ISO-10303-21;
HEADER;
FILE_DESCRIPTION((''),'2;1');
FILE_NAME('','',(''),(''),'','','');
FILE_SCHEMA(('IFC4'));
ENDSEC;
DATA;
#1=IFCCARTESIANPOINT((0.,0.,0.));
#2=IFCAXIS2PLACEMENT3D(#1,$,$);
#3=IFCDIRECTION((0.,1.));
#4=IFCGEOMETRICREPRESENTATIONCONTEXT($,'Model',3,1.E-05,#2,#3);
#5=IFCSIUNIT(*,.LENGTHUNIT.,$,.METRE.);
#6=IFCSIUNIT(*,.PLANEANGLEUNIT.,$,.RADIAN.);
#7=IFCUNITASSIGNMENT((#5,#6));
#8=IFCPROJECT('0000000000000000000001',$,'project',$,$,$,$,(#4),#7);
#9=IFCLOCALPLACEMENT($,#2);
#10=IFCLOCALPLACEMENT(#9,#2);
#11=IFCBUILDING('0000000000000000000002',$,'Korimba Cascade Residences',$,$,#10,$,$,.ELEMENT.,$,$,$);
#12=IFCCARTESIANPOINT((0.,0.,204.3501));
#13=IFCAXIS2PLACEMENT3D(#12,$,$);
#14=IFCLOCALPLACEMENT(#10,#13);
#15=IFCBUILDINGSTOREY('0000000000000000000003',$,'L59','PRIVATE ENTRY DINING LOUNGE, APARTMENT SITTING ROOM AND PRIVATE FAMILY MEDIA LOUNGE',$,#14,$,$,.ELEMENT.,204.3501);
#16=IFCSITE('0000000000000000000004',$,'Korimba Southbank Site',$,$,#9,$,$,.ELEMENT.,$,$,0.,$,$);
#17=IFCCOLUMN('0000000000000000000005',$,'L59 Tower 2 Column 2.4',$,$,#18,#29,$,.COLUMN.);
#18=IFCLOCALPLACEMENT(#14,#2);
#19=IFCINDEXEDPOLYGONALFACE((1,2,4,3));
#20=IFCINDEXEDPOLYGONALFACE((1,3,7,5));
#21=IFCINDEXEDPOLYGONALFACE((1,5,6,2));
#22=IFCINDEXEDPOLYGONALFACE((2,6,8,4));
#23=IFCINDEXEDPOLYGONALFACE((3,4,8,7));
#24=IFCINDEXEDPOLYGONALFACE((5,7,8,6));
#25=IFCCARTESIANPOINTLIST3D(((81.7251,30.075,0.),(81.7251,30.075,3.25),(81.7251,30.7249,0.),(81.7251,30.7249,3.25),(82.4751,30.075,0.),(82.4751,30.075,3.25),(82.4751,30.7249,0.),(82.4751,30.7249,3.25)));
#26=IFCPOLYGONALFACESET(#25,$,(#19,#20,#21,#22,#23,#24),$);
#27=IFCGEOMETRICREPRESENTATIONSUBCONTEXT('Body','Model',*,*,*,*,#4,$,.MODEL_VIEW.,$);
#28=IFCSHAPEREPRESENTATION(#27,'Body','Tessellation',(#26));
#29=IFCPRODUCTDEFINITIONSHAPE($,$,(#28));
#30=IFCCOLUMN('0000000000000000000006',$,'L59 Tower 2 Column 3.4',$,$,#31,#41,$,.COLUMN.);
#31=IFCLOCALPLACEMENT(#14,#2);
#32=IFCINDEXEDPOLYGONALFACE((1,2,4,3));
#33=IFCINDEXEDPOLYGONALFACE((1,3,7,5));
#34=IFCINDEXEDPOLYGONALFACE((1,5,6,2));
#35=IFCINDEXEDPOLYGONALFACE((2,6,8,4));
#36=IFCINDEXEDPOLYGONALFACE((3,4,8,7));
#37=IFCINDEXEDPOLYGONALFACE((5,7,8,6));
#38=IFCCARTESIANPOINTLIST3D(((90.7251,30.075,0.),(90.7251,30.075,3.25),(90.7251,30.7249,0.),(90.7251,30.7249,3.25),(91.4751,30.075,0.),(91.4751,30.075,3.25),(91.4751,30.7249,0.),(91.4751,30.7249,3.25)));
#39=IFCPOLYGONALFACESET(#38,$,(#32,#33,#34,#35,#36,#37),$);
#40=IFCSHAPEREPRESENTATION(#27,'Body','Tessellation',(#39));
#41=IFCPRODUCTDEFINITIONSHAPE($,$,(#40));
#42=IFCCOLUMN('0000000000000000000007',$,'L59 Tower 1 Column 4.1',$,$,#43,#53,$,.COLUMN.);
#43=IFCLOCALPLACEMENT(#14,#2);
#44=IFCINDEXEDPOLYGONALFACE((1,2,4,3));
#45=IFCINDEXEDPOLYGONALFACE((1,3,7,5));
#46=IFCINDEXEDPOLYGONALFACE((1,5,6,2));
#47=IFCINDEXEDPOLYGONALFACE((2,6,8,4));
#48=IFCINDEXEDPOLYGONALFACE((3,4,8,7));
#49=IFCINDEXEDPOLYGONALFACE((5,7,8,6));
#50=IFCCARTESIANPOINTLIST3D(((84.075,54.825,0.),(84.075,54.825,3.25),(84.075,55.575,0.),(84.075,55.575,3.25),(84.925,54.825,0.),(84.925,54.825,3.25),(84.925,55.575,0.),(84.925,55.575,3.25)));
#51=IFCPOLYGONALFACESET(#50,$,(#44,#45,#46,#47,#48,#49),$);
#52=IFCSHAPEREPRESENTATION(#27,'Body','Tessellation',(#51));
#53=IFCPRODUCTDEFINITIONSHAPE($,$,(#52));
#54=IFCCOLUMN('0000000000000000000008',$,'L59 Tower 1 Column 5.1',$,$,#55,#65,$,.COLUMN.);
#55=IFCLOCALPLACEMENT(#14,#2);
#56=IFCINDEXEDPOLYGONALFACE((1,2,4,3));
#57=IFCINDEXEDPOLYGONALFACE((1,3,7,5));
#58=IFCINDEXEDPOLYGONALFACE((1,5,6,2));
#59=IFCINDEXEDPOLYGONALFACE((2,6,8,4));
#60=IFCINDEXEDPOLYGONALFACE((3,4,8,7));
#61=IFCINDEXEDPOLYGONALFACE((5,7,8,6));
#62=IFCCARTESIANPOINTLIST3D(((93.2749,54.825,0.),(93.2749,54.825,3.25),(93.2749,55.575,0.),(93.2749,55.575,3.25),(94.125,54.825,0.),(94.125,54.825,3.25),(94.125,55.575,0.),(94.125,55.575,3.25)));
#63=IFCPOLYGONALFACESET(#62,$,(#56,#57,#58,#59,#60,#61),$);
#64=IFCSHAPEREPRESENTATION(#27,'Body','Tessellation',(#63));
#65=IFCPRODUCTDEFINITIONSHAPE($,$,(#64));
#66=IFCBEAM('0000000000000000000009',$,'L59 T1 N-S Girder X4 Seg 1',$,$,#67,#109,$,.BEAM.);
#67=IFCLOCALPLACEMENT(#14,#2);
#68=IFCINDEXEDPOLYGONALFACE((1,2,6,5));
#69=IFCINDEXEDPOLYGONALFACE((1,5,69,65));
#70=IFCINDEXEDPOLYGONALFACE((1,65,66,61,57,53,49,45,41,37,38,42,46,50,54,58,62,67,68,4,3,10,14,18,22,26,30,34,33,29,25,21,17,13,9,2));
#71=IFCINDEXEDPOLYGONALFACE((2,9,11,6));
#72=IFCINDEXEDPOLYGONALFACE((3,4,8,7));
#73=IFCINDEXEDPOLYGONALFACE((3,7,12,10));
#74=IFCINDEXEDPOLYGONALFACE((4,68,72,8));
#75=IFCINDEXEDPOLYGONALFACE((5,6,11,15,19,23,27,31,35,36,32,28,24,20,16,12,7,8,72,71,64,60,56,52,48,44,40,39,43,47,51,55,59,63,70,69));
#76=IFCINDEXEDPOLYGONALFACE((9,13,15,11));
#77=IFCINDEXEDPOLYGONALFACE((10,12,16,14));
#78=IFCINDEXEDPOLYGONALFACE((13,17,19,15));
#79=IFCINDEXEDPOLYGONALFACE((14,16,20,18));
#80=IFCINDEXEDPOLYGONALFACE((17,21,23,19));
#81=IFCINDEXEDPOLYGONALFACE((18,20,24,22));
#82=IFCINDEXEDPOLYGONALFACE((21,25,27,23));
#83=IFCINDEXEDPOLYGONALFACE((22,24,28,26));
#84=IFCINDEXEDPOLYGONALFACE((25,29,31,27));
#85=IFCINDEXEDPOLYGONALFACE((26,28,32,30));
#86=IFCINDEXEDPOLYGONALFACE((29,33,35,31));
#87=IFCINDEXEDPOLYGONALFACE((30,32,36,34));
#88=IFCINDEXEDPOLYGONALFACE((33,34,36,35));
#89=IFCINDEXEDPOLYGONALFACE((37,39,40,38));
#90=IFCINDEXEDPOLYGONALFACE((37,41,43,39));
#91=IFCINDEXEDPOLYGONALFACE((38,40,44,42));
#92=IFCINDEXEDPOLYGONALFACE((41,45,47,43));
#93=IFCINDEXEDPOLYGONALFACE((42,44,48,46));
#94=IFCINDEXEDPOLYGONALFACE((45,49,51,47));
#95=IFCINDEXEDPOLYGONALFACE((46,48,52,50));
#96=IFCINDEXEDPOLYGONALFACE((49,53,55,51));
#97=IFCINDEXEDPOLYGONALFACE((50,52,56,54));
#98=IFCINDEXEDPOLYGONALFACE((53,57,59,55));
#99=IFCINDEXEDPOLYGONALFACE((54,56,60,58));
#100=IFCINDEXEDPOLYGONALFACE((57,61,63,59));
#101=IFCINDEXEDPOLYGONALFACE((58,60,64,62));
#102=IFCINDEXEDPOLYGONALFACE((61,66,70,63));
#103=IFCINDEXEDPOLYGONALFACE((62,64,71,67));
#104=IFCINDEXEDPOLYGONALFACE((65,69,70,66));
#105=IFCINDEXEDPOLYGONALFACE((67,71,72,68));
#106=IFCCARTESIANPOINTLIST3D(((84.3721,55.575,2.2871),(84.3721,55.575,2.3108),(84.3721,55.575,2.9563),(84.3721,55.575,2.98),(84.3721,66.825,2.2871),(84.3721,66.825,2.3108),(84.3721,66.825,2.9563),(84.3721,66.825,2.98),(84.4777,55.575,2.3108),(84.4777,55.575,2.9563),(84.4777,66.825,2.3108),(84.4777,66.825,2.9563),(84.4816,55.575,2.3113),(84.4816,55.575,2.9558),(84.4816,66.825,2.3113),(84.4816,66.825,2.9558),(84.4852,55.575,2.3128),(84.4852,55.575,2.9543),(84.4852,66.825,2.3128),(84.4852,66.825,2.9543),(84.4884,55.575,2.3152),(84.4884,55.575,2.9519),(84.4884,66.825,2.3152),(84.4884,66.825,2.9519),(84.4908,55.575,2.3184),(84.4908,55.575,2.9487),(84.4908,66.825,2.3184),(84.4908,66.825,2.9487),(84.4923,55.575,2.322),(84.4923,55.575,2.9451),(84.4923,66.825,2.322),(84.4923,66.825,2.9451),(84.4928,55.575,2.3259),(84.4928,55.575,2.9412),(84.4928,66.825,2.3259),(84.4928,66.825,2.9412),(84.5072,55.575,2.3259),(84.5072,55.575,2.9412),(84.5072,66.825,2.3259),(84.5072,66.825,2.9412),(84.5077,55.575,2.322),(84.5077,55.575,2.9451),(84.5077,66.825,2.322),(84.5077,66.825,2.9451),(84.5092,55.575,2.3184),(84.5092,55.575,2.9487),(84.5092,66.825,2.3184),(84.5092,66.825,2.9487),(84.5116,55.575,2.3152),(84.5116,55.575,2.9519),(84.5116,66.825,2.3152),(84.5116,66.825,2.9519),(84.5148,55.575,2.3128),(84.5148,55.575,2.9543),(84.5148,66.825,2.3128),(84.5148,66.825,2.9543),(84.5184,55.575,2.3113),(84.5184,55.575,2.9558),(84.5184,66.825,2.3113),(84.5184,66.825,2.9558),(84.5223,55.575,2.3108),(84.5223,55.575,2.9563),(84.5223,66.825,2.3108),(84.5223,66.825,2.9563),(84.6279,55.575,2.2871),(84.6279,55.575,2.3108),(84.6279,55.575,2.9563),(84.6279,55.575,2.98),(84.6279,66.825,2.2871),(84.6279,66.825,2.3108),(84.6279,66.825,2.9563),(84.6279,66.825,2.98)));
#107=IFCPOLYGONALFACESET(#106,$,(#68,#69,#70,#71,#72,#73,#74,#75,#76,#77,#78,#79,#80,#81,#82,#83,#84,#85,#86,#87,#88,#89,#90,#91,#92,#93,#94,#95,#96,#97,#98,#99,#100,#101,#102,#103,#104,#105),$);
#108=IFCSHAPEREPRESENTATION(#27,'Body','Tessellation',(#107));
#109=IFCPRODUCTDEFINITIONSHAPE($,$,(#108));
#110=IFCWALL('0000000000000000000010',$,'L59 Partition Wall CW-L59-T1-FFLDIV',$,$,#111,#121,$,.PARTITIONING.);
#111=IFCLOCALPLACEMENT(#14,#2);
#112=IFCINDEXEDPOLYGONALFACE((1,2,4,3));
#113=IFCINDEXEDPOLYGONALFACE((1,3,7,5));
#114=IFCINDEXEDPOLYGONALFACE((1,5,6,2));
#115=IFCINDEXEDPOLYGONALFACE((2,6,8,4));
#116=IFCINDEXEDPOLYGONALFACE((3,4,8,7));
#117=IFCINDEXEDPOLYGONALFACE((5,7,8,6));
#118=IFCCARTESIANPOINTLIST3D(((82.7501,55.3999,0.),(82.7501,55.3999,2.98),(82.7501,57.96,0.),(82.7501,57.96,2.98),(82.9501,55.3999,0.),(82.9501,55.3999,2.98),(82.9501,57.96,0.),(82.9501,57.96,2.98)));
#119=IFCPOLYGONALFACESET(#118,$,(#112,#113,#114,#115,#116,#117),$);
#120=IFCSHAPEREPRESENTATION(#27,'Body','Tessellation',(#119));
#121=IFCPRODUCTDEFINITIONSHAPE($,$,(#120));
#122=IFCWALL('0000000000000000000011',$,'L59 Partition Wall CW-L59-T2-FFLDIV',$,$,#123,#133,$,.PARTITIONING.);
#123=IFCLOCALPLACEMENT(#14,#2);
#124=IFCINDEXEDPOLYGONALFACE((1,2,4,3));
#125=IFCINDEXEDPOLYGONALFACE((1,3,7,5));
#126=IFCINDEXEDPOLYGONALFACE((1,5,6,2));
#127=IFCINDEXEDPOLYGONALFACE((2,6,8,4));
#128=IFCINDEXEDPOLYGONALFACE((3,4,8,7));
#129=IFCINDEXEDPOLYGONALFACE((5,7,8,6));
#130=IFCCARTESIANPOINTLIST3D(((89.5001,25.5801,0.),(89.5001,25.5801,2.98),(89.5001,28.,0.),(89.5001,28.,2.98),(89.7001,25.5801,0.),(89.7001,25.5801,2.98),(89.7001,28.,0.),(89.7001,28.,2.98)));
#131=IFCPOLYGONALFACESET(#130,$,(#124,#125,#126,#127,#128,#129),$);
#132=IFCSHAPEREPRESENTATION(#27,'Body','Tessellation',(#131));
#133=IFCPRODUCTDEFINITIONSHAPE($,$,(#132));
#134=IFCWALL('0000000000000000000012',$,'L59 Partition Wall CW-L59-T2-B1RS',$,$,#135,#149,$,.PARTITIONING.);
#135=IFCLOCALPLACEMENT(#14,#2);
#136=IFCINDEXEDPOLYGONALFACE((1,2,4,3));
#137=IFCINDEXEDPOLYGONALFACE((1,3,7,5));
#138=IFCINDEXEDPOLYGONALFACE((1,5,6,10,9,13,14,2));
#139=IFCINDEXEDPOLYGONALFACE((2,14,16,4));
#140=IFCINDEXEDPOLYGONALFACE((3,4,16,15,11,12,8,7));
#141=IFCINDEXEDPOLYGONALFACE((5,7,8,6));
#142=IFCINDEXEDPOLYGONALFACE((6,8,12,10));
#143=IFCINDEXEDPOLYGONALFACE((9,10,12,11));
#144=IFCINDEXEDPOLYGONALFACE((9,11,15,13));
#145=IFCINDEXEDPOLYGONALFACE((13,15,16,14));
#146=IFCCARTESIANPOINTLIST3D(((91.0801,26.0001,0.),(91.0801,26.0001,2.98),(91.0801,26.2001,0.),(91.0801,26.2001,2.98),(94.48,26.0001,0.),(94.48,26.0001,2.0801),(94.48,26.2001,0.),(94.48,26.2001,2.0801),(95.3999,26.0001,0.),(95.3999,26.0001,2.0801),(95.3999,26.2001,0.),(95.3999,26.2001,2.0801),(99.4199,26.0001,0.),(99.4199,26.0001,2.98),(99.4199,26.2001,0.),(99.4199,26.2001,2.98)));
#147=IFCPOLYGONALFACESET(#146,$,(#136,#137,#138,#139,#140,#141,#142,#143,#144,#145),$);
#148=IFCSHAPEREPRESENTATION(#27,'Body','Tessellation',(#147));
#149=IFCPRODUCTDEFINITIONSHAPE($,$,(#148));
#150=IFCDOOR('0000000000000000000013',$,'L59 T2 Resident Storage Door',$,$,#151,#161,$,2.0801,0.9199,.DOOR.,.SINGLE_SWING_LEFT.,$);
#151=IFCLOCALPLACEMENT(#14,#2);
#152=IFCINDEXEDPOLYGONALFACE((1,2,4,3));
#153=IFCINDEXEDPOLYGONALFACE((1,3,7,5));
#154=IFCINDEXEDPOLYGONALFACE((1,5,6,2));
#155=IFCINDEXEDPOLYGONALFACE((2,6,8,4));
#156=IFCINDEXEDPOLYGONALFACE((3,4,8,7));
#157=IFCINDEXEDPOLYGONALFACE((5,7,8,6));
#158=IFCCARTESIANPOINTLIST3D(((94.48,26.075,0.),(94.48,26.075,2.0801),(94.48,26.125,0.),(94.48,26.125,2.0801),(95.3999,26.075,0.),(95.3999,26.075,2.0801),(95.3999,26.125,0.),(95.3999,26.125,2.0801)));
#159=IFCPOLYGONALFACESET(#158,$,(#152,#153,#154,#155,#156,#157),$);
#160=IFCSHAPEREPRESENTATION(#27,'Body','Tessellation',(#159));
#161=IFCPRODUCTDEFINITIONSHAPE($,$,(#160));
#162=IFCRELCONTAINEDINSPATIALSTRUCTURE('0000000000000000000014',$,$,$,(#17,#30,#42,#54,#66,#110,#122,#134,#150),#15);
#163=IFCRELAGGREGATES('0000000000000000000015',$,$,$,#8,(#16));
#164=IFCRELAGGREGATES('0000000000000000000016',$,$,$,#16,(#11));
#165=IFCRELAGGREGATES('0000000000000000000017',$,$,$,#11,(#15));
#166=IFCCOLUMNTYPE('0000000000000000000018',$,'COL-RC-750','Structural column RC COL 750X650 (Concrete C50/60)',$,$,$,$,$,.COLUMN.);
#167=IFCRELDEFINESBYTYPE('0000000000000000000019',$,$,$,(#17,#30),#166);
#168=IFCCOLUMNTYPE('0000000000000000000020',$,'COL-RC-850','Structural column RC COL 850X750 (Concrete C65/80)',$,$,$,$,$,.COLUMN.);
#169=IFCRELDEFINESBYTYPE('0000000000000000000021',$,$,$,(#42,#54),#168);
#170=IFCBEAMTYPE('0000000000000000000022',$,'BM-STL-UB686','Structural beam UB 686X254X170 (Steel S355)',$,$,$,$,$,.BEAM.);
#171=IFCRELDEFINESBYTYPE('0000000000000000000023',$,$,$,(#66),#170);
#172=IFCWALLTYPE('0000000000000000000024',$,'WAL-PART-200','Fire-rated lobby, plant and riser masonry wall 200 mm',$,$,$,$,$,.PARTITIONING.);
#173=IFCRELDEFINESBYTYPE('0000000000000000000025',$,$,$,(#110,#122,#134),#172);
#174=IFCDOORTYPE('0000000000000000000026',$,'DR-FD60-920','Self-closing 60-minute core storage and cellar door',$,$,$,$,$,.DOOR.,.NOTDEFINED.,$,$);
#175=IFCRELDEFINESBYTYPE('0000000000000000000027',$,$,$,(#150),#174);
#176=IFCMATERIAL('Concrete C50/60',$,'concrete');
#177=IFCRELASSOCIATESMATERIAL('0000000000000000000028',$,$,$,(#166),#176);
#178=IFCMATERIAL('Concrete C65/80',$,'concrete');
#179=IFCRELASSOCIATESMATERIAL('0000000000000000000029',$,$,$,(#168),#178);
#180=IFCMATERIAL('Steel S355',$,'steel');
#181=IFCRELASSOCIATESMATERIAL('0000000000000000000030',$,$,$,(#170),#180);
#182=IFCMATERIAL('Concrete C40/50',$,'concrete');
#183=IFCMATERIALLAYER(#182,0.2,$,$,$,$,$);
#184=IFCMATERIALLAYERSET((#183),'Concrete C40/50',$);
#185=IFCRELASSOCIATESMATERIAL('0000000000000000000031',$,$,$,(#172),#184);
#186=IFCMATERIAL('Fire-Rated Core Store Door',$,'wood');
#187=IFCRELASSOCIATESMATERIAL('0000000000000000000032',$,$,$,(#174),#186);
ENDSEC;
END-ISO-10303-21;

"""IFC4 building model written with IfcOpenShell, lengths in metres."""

from ifc_helpers import new_model, si_unit, direction, frame, frame_2d, origin, origin_2d, place, context, subcontext, project, spatial, rectangle, i_section, extrude, material, layer, layer_set, material_profile, profile_set, type_object, element, fill, save


model = new_model("IFC4")

# Units and contexts
model_context = context("Model", 3, precision=1e-05, world=origin(), true_north=direction((0.0, 1.0)))
body_context = subcontext(model_context, "Body", "Model", "MODEL_VIEW")
ifc_project = project(units=[si_unit("LENGTHUNIT", "METRE"), si_unit("PLANEANGLEUNIT", "RADIAN")], contexts=[model_context])

# Site, building, storey
site_placement = place(None, origin())
site = spatial("IfcSite", under=ifc_project, at=site_placement, Name="Korimba Southbank Site", CompositionType="ELEMENT", RefElevation=0.0)
building_placement = place(site_placement, origin())
building = spatial("IfcBuilding", under=site, at=building_placement, Name="Korimba Cascade Residences", CompositionType="ELEMENT")
storey_placement = place(building_placement, frame((0.0, 0.0, 204.3501)))
storey = spatial("IfcBuildingStorey", under=building, at=storey_placement, Name="L59", Description="PRIVATE ENTRY DINING LOUNGE, APARTMENT SITTING ROOM AND PRIVATE FAMILY MEDIA LOUNGE", CompositionType="ELEMENT", Elevation=204.3501)

# Columns
ifc_material_1 = material(Name="Concrete C50/60", Category="concrete")
ifc_material_profile_1 = material_profile(ifc_material_1, rectangle(XDim=0.75, YDim=0.6499, at=origin_2d()), Name="Concrete C50/60")
ifc_profile_set_1 = profile_set([ifc_material_profile_1], Name="Concrete C50/60")
column_type_1 = type_object("IfcColumnType", Name="COL-RC-750", Description="Structural column RC COL 750X650 (Concrete C50/60)", PredefinedType="COLUMN", material=ifc_profile_set_1)
for number, where, z_axis, x_axis, name in (
    (1, (82.1001, 30.3999, 0.0), (0.0, 0.0, 1.0), (1.0, 0.0, 0.0), "L59 Tower 2 Column 2.4"),
    (2, (91.1001, 30.3999, 0.0), (0.0, 0.0, 1.0), (1.0, 0.0, 0.0), "L59 Tower 2 Column 3.4"),
):
    element("IfcColumn", number, at=place(storey_placement, frame(where, z_axis=z_axis, x_axis=x_axis)), inside=storey, type_object=column_type_1, Name=name, PredefinedType="COLUMN", context=body_context, shape_type="SweptSolid", body=[
        extrude(rectangle(XDim=0.75, YDim=0.6499, at=origin_2d()), origin(), (0.0, 0.0, 1.0), 3.25),
    ])
ifc_material_2 = material(Name="Concrete C65/80", Category="concrete")
ifc_material_profile_2 = material_profile(ifc_material_2, rectangle(XDim=0.8501, YDim=0.75, at=origin_2d()), Name="Concrete C65/80")
ifc_profile_set_2 = profile_set([ifc_material_profile_2], Name="Concrete C65/80")
column_type_2 = type_object("IfcColumnType", Name="COL-RC-850", Description="Structural column RC COL 850X750 (Concrete C65/80)", PredefinedType="COLUMN", material=ifc_profile_set_2)
for number, where, z_axis, x_axis, name in (
    (3, (84.5, 55.2, 0.0), (0.0, 0.0, 1.0), (1.0, 0.0, 0.0), "L59 Tower 1 Column 4.1"),
    (4, (93.7, 55.2, 0.0), (0.0, 0.0, 1.0), (1.0, 0.0, 0.0), "L59 Tower 1 Column 5.1"),
):
    element("IfcColumn", number, at=place(storey_placement, frame(where, z_axis=z_axis, x_axis=x_axis)), inside=storey, type_object=column_type_2, Name=name, PredefinedType="COLUMN", context=body_context, shape_type="SweptSolid", body=[
        extrude(rectangle(XDim=0.8501, YDim=0.75, at=origin_2d()), origin(), (0.0, 0.0, 1.0), 3.25),
    ])

# Beam
ifc_material_3 = material(Name="Steel S355", Category="steel")
ifc_material_profile_3 = material_profile(ifc_material_3, i_section(OverallWidth=0.2559, OverallDepth=0.6929, WebThickness=0.0144, FlangeThickness=0.0237, FilletRadius=0.0151, at=origin_2d()), Name="Steel S355")
ifc_profile_set_3 = profile_set([ifc_material_profile_3], Name="Steel S355")
beam_type = type_object("IfcBeamType", Name="BM-STL-UB686", Description="Structural beam UB 686X254X170 (Steel S355)", PredefinedType="BEAM", material=ifc_profile_set_3)
beam_placement = place(storey_placement, frame((84.5, 55.575, 2.6335), z_axis=(0.0, 1.0, 0.0), x_axis=(-1.0, 0.0, 0.0)))
element("IfcBeam", 5, at=beam_placement, inside=storey, type_object=beam_type, Name="L59 T1 N-S Girder X4 Seg 1", PredefinedType="BEAM", context=body_context, shape_type="SweptSolid", body=[
    extrude(i_section(OverallWidth=0.2559, OverallDepth=0.6929, WebThickness=0.0144, FlangeThickness=0.0237, FilletRadius=0.0151, at=origin_2d()), origin(), (0.0, 0.0, 1.0), 11.25),
])

# Walls
ifc_material_4 = material(Name="Concrete C40/50", Category="concrete")
ifc_layer_1 = layer(ifc_material_4, 0.2)
ifc_layer_set_1 = layer_set([ifc_layer_1], Name="Concrete C40/50")
wall_type_1 = type_object("IfcWallType", Name="WAL-PART-200", Description="Fire-rated lobby, plant and riser masonry wall 200 mm", PredefinedType="PARTITIONING", material=ifc_layer_set_1)
wall_1_placement = place(storey_placement, frame((82.8501, 55.3999, 0.0), z_axis=(0.0, 0.0, 1.0), x_axis=(0.0, 1.0, 0.0)))
element("IfcWall", 6, at=wall_1_placement, inside=storey, type_object=wall_type_1, Name="L59 Partition Wall CW-L59-T1-FFLDIV", PredefinedType="PARTITIONING", context=body_context, shape_type="SweptSolid", body=[
    extrude(rectangle(XDim=2.5601, YDim=0.2, at=frame_2d((1.28, 0.0))), origin(), (0.0, 0.0, 1.0), 2.98),
])
wall_2_placement = place(storey_placement, frame((89.6001, 25.5801, 0.0), z_axis=(0.0, 0.0, 1.0), x_axis=(0.0, 1.0, 0.0)))
element("IfcWall", 7, at=wall_2_placement, inside=storey, type_object=wall_type_1, Name="L59 Partition Wall CW-L59-T2-FFLDIV", PredefinedType="PARTITIONING", context=body_context, shape_type="SweptSolid", body=[
    extrude(rectangle(XDim=2.4199, YDim=0.2, at=frame_2d((1.21, 0.0))), origin(), (0.0, 0.0, 1.0), 2.98),
])

# Wall, opening, door
wall_3_placement = place(storey_placement, frame((91.0801, 26.1001, 0.0), z_axis=(0.0, 0.0, 1.0), x_axis=(1.0, 0.0, 0.0)))
wall_3 = element("IfcWall", 8, at=wall_3_placement, inside=storey, type_object=wall_type_1, Name="L59 Partition Wall CW-L59-T2-B1RS", PredefinedType="PARTITIONING", context=body_context, shape_type="SweptSolid", body=[
    extrude(rectangle(XDim=8.3398, YDim=0.2, at=frame_2d((4.1699, 0.0))), origin(), (0.0, 0.0, 1.0), 2.98),
])
opening_1_placement = place(wall_3_placement, frame((3.3999, 0.0, 0.0)))
opening_1 = element("IfcOpeningElement", 9, at=opening_1_placement, cuts=wall_3, PredefinedType="OPENING", context=body_context, shape_type="SweptSolid", body=[
    extrude(rectangle(XDim=0.9199, YDim=2.0801, at=frame_2d((0.46, 1.04))), frame((0.0, 0.1099, 0.0), z_axis=(0.0, -1.0, 0.0), x_axis=(1.0, 0.0, 0.0)), (0.0, 0.0, 1.0), 0.22),
])
ifc_material_5 = material(Name="Fire-Rated Core Store Door", Category="wood")
door_type_1 = type_object("IfcDoorType", Name="DR-FD60-920", Description="Self-closing 60-minute core storage and cellar door", OperationType="NOTDEFINED", PredefinedType="DOOR", material=ifc_material_5)
door_1_placement = place(opening_1_placement, origin())
door_1 = element("IfcDoor", 10, at=door_1_placement, inside=storey, type_object=door_type_1, Name="L59 T2 Resident Storage Door", OperationType="SINGLE_SWING_LEFT", OverallHeight=2.0801, OverallWidth=0.9199, PredefinedType="DOOR", context=body_context, shape_type="SweptSolid", body=[
    extrude(rectangle(XDim=0.9199, YDim=2.0801, at=frame_2d((0.46, 1.04))), frame((0.0, 0.0249, 0.0), z_axis=(0.0, -1.0, 0.0), x_axis=(1.0, 0.0, 0.0)), (0.0, 0.0, 1.0), 0.05),
])
fill(opening_1, door_1)

save(model, "model.ifc")
